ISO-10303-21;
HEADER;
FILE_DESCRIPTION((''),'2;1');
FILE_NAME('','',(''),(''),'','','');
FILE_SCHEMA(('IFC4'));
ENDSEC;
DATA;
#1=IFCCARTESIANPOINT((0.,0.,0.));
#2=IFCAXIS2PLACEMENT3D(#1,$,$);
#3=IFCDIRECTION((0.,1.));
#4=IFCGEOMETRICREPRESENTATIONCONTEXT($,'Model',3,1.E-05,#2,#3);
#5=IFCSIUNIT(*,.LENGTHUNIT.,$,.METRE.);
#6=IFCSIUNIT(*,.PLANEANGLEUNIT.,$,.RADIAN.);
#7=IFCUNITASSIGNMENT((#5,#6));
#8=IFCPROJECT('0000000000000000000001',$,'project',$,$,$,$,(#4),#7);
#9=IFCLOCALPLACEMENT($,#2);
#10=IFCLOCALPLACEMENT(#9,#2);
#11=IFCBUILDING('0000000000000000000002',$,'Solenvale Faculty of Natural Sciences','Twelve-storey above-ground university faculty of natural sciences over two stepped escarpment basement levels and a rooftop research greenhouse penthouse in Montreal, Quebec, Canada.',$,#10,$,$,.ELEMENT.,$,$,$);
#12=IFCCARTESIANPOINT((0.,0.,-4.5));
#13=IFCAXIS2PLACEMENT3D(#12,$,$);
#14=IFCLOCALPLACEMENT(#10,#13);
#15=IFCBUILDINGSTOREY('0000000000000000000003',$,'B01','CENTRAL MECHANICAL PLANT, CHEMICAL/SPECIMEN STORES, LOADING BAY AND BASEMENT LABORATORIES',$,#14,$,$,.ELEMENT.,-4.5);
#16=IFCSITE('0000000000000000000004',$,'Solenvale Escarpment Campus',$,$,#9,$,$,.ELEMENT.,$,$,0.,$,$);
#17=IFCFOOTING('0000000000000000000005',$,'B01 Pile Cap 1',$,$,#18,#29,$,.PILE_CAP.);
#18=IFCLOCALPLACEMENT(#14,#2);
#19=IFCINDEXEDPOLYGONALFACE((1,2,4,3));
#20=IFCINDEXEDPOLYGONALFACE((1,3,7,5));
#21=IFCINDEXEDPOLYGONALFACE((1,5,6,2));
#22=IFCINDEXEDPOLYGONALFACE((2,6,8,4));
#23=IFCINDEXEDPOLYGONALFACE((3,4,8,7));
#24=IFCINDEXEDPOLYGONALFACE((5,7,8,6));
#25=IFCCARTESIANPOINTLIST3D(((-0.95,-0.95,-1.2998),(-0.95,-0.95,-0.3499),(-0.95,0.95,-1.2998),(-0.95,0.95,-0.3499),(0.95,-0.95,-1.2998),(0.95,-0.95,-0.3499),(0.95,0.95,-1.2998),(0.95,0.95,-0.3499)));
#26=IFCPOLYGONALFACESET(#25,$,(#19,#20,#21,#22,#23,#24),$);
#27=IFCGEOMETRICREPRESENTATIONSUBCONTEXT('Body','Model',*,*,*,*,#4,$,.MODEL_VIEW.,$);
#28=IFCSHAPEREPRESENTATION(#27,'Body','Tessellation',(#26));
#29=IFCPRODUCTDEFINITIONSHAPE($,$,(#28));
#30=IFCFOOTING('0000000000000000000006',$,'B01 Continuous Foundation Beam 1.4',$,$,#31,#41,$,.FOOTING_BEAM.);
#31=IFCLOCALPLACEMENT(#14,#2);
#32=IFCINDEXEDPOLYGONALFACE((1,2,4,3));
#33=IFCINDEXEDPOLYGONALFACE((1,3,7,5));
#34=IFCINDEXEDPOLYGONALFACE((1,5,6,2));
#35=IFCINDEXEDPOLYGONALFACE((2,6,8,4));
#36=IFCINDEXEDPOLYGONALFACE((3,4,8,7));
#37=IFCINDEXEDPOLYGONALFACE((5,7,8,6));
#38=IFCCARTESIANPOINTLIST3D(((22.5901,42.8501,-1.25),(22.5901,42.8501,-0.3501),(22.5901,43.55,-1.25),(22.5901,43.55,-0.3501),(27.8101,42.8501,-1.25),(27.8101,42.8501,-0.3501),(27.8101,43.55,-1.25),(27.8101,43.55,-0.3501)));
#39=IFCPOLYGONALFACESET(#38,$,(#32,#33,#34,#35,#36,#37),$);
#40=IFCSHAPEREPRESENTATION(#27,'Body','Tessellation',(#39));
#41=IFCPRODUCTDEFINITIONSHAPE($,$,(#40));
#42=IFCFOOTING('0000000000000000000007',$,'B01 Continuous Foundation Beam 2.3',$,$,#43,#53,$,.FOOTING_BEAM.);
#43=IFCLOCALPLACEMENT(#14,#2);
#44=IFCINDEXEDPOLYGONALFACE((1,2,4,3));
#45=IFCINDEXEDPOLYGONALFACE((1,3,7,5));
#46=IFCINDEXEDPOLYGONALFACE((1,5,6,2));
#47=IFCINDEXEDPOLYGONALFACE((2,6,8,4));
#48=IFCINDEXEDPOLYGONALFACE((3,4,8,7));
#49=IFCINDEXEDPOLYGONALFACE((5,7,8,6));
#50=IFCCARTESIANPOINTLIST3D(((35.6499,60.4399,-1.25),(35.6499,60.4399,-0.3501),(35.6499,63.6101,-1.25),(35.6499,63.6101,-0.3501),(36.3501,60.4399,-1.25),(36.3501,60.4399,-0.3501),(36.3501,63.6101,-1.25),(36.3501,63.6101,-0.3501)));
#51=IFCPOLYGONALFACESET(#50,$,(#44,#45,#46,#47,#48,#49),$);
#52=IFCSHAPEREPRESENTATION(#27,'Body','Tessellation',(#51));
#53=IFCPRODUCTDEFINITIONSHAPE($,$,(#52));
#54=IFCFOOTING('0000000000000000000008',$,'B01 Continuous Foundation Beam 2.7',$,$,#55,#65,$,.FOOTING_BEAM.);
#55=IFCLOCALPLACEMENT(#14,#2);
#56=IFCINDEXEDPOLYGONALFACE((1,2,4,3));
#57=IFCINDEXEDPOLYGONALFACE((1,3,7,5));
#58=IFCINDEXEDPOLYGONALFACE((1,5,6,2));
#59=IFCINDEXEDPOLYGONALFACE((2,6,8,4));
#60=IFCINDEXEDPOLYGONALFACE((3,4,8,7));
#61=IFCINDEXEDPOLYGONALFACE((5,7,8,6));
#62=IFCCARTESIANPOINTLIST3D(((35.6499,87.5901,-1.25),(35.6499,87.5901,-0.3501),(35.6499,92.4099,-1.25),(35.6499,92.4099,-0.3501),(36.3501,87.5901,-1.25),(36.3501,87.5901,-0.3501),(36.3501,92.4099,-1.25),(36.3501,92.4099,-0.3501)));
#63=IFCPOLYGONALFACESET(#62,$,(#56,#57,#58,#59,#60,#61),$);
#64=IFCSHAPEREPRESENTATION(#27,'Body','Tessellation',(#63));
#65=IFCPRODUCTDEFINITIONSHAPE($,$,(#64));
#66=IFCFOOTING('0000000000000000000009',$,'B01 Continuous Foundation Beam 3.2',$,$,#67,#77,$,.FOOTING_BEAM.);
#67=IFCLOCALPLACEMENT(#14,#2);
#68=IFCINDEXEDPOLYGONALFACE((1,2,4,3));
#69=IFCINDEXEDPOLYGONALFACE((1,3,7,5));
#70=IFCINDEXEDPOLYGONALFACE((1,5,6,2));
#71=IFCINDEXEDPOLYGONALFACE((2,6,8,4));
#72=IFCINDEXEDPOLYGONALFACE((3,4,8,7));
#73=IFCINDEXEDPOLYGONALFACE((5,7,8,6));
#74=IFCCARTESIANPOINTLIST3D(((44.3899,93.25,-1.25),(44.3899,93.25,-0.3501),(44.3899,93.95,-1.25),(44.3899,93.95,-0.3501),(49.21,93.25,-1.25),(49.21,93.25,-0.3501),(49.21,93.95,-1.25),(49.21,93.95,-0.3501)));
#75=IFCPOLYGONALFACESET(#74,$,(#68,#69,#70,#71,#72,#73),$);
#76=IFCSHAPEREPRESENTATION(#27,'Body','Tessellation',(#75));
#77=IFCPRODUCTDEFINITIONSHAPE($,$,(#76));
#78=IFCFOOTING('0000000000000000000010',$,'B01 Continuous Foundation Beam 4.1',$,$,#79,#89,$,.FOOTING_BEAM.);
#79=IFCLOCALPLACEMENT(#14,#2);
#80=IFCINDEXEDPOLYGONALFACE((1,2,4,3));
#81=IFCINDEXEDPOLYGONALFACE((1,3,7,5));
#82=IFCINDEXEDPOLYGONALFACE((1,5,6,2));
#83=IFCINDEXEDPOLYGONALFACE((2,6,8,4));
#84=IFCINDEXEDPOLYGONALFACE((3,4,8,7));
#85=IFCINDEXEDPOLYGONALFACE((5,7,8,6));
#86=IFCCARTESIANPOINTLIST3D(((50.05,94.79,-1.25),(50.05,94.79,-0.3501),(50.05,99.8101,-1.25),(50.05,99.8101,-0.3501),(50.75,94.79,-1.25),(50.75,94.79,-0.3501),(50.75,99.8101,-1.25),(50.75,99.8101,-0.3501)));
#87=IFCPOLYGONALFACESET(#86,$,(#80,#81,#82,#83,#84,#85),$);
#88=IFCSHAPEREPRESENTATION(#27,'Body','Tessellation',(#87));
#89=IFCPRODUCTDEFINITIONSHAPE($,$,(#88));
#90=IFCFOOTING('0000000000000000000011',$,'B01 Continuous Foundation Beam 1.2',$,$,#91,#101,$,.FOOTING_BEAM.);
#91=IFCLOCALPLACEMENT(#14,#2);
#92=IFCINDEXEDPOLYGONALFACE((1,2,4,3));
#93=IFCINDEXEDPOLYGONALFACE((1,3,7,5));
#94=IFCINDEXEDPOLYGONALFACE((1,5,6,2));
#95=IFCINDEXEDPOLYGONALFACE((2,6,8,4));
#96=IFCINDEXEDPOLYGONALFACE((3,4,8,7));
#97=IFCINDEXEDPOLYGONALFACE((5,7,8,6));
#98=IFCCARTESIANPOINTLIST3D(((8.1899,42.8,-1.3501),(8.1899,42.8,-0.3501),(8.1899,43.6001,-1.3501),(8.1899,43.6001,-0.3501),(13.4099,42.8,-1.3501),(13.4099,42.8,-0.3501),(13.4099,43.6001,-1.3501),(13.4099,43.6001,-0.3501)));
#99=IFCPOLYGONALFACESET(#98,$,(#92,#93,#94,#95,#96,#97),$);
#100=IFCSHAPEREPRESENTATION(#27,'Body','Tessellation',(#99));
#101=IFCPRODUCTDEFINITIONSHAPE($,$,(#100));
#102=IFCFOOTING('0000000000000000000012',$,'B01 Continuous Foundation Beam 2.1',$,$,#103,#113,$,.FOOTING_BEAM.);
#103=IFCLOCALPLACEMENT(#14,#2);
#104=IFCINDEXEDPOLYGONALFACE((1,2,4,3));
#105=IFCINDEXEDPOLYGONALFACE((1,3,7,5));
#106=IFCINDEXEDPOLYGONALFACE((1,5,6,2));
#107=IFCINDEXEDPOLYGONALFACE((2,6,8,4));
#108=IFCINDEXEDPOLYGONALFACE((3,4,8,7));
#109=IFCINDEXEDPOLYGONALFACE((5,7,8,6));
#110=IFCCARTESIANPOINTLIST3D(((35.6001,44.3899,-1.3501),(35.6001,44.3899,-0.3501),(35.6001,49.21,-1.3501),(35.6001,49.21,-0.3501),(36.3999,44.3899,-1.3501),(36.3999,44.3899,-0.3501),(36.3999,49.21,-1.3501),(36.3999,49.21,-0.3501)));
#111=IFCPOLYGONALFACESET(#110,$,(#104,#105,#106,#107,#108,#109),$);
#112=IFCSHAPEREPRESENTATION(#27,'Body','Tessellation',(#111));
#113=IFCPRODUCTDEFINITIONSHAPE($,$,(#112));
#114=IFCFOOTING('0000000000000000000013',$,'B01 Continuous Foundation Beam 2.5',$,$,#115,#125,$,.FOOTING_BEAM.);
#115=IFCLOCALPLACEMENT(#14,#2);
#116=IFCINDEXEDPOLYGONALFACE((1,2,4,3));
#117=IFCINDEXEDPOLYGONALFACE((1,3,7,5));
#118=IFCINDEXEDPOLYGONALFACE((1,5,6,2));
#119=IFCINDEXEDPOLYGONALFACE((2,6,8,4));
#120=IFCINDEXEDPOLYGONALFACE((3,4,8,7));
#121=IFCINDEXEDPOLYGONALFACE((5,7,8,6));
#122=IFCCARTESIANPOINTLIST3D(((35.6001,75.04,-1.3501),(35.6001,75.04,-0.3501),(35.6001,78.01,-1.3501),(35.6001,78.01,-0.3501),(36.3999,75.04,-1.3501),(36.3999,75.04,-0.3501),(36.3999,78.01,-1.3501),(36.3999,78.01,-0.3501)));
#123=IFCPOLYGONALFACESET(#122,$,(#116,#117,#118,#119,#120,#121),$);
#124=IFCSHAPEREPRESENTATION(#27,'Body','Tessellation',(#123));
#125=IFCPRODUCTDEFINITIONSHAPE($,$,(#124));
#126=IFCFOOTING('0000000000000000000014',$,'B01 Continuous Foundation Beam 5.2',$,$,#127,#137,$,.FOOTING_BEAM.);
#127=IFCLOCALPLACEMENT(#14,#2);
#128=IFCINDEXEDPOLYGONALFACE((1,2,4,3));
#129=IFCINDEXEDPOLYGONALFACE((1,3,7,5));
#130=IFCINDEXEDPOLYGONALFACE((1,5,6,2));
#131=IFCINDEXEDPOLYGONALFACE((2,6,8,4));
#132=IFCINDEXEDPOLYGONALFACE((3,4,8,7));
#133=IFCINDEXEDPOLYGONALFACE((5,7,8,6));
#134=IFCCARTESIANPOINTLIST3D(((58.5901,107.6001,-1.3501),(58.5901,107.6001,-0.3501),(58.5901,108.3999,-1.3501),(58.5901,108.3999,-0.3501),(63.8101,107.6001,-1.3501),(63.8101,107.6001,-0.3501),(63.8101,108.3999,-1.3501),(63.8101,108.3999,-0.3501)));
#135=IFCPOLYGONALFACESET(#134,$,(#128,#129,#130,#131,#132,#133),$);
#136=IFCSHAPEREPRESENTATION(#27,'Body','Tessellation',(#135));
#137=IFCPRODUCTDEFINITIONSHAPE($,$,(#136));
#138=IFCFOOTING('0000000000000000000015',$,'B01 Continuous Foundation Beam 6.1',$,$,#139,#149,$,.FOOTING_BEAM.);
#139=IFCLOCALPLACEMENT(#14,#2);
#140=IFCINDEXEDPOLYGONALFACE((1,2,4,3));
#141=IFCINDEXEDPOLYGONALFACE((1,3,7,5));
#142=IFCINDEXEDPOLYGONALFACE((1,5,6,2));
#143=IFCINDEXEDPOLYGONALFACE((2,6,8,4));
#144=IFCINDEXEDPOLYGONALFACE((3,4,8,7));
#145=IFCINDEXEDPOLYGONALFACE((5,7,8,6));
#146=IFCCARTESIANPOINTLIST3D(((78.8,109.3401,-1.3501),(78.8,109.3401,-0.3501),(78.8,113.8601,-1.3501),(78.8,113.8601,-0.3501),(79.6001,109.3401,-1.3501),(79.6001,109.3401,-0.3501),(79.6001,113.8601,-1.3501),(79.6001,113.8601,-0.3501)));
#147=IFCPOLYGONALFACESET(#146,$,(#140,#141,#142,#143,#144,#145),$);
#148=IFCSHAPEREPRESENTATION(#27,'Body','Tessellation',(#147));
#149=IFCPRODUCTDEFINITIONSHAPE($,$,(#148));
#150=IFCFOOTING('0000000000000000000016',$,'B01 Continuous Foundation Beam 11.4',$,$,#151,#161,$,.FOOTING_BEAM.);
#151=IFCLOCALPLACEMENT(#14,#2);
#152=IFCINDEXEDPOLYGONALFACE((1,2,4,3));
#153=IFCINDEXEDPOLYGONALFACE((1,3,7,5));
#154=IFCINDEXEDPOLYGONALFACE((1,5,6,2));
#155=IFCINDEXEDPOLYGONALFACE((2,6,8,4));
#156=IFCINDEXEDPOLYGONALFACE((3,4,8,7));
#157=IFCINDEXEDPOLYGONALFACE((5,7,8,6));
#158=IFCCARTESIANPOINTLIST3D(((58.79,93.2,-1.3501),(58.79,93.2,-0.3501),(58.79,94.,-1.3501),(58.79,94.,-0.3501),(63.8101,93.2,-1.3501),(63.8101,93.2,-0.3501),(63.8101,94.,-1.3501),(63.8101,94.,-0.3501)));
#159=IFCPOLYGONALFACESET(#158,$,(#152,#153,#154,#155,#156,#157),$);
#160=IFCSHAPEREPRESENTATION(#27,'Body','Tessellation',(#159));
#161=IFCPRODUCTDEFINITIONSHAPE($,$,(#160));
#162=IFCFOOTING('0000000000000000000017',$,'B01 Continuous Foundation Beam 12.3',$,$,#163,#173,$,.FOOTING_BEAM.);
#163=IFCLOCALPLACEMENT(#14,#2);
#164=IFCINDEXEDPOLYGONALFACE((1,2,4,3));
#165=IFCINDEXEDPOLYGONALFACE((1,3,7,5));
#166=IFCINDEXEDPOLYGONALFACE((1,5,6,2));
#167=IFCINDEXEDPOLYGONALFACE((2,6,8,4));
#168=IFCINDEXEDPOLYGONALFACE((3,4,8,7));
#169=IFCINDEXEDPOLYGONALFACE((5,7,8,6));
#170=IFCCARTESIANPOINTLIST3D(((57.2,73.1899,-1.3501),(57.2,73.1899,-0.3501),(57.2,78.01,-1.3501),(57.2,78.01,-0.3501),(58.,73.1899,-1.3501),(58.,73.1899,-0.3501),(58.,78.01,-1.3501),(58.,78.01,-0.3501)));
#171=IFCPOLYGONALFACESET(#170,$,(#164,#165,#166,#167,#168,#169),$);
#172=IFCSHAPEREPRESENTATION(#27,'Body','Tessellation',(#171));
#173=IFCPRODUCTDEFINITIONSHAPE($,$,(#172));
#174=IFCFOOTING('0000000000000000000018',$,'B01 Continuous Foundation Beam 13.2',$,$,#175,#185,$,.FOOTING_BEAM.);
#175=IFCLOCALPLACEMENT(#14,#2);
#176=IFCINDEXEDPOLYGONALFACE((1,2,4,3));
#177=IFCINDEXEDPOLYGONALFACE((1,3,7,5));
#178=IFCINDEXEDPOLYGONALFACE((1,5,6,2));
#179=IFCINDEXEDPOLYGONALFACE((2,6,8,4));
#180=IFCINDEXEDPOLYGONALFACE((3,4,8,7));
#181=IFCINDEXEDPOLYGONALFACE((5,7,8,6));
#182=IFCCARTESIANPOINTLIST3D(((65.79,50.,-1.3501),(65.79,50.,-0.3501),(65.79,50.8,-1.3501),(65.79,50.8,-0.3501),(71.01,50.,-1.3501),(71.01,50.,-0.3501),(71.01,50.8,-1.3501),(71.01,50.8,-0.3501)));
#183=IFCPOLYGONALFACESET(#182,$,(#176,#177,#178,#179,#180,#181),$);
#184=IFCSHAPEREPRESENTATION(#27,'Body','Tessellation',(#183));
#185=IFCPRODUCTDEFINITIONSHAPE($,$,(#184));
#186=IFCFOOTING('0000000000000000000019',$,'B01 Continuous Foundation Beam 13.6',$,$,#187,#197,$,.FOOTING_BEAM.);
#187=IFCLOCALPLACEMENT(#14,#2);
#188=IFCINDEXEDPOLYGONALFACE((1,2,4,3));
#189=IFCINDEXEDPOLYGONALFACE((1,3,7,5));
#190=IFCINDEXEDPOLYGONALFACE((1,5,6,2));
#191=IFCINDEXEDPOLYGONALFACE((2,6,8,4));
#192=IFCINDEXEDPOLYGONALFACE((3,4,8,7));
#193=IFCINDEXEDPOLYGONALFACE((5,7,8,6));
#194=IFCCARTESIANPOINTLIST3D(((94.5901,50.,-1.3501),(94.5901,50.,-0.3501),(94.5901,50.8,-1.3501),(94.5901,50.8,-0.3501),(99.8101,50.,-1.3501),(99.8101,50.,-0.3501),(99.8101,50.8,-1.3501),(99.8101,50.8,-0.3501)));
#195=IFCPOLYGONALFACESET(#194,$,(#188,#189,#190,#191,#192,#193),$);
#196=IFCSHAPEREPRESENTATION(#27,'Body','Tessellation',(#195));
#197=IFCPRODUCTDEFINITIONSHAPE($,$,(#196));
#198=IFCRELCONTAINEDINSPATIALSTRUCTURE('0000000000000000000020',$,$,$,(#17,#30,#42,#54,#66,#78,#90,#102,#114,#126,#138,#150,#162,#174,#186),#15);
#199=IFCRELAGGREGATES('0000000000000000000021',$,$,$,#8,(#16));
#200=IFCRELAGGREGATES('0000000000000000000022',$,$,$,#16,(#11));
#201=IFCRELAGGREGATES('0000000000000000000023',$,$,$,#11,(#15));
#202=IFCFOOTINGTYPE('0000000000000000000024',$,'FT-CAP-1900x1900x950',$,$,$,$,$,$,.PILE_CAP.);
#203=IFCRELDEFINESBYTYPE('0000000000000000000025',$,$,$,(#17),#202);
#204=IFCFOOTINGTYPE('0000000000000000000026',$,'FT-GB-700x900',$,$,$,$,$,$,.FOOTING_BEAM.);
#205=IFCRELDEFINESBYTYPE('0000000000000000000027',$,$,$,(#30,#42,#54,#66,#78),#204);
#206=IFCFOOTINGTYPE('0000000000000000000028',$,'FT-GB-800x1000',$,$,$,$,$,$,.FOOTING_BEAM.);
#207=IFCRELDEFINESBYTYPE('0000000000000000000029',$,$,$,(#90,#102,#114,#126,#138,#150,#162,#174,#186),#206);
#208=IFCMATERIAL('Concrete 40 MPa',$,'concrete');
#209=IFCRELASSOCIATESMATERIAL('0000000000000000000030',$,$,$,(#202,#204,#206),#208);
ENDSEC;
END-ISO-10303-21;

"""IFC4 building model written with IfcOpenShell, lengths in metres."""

from ifc_helpers import new_model, si_unit, direction, frame, origin, origin_2d, place, context, subcontext, project, spatial, polyline, rectangle, outline, extrude, material, type_object, element, save


model = new_model("IFC4")

# Units and contexts
model_context = context("Model", 3, precision=1e-05, world=origin(), true_north=direction((0.0, 1.0)))
body_context = subcontext(model_context, "Body", "Model", "MODEL_VIEW")
ifc_project = project(units=[si_unit("LENGTHUNIT", "METRE"), si_unit("PLANEANGLEUNIT", "RADIAN")], contexts=[model_context])

# Site, building, storey
site_placement = place(None, origin())
site = spatial("IfcSite", under=ifc_project, at=site_placement, Name="Solenvale Escarpment Campus", CompositionType="ELEMENT", RefElevation=0.0)
building_placement = place(site_placement, origin())
building = spatial("IfcBuilding", under=site, at=building_placement, Name="Solenvale Faculty of Natural Sciences", Description="Twelve-storey above-ground university faculty of natural sciences over two stepped escarpment basement levels and a rooftop research greenhouse penthouse in Montreal, Quebec, Canada.", CompositionType="ELEMENT")
storey_placement = place(building_placement, frame((0.0, 0.0, -4.5)))
storey = spatial("IfcBuildingStorey", under=building, at=storey_placement, Name="B01", Description="CENTRAL MECHANICAL PLANT, CHEMICAL/SPECIMEN STORES, LOADING BAY AND BASEMENT LABORATORIES", CompositionType="ELEMENT", Elevation=-4.5)

# Footings
ifc_material = material(Name="Concrete 40 MPa", Category="concrete")
footing_type_1 = type_object("IfcFootingType", Name="FT-CAP-1900x1900x950", PredefinedType="PILE_CAP", material=ifc_material)
footing_1_placement = place(storey_placement, frame((0.0, 0.0, -1.2998), z_axis=(0.0, 0.0, 1.0), x_axis=(1.0, 0.0, 0.0)))
element("IfcFooting", 1, at=footing_1_placement, inside=storey, type_object=footing_type_1, Name="B01 Pile Cap 1", PredefinedType="PILE_CAP", context=body_context, shape_type="SweptSolid", body=[
    extrude(rectangle(XDim=1.8999, YDim=1.8999, at=origin_2d()), origin(), (0.0, 0.0, 1.0), 0.95),
])
footing_type_2 = type_object("IfcFootingType", Name="FT-GB-700x900", PredefinedType="FOOTING_BEAM", material=ifc_material)
footing_2_placement = place(storey_placement, frame((0.0, 0.0, -1.25)))
element("IfcFooting", 2, at=footing_2_placement, inside=storey, type_object=footing_type_2, Name="B01 Continuous Foundation Beam 1.4", PredefinedType="FOOTING_BEAM", context=body_context, shape_type="SweptSolid", body=[
    extrude(outline(polyline([(22.5901, 42.8501), (27.8101, 42.8501), (27.8101, 43.55), (22.5901, 43.55), (22.5901, 42.8501)])), origin(), (0.0, 0.0, 1.0), 0.8999),
])
footing_3_placement = place(storey_placement, frame((0.0, 0.0, -1.25)))
element("IfcFooting", 3, at=footing_3_placement, inside=storey, type_object=footing_type_2, Name="B01 Continuous Foundation Beam 2.3", PredefinedType="FOOTING_BEAM", context=body_context, shape_type="SweptSolid", body=[
    extrude(outline(polyline([(35.6499, 60.4399), (36.3501, 60.4399), (36.3501, 63.6101), (35.6499, 63.6101), (35.6499, 60.4399)])), origin(), (0.0, 0.0, 1.0), 0.8999),
])
footing_4_placement = place(storey_placement, frame((0.0, 0.0, -1.25)))
element("IfcFooting", 4, at=footing_4_placement, inside=storey, type_object=footing_type_2, Name="B01 Continuous Foundation Beam 2.7", PredefinedType="FOOTING_BEAM", context=body_context, shape_type="SweptSolid", body=[
    extrude(outline(polyline([(35.6499, 87.5901), (36.3501, 87.5901), (36.3501, 92.4099), (35.6499, 92.4099), (35.6499, 87.5901)])), origin(), (0.0, 0.0, 1.0), 0.8999),
])
footing_5_placement = place(storey_placement, frame((0.0, 0.0, -1.25)))
element("IfcFooting", 5, at=footing_5_placement, inside=storey, type_object=footing_type_2, Name="B01 Continuous Foundation Beam 3.2", PredefinedType="FOOTING_BEAM", context=body_context, shape_type="SweptSolid", body=[
    extrude(outline(polyline([(44.3899, 93.25), (49.21, 93.25), (49.21, 93.95), (44.3899, 93.95), (44.3899, 93.25)])), origin(), (0.0, 0.0, 1.0), 0.8999),
])
footing_6_placement = place(storey_placement, frame((0.0, 0.0, -1.25)))
element("IfcFooting", 6, at=footing_6_placement, inside=storey, type_object=footing_type_2, Name="B01 Continuous Foundation Beam 4.1", PredefinedType="FOOTING_BEAM", context=body_context, shape_type="SweptSolid", body=[
    extrude(outline(polyline([(50.05, 94.79), (50.75, 94.79), (50.75, 99.8101), (50.05, 99.8101), (50.05, 94.79)])), origin(), (0.0, 0.0, 1.0), 0.8999),
])
footing_type_3 = type_object("IfcFootingType", Name="FT-GB-800x1000", PredefinedType="FOOTING_BEAM", material=ifc_material)
footing_7_placement = place(storey_placement, frame((0.0, 0.0, -1.3501)))
element("IfcFooting", 7, at=footing_7_placement, inside=storey, type_object=footing_type_3, Name="B01 Continuous Foundation Beam 1.2", PredefinedType="FOOTING_BEAM", context=body_context, shape_type="SweptSolid", body=[
    extrude(outline(polyline([(8.1899, 42.8), (13.4099, 42.8), (13.4099, 43.6001), (8.1899, 43.6001), (8.1899, 42.8)])), origin(), (0.0, 0.0, 1.0), 1.0),
])
footing_8_placement = place(storey_placement, frame((0.0, 0.0, -1.3501)))
element("IfcFooting", 8, at=footing_8_placement, inside=storey, type_object=footing_type_3, Name="B01 Continuous Foundation Beam 2.1", PredefinedType="FOOTING_BEAM", context=body_context, shape_type="SweptSolid", body=[
    extrude(outline(polyline([(35.6001, 44.3899), (36.3999, 44.3899), (36.3999, 49.21), (35.6001, 49.21), (35.6001, 44.3899)])), origin(), (0.0, 0.0, 1.0), 1.0),
])
footing_9_placement = place(storey_placement, frame((0.0, 0.0, -1.3501)))
element("IfcFooting", 9, at=footing_9_placement, inside=storey, type_object=footing_type_3, Name="B01 Continuous Foundation Beam 2.5", PredefinedType="FOOTING_BEAM", context=body_context, shape_type="SweptSolid", body=[
    extrude(outline(polyline([(35.6001, 75.04), (36.3999, 75.04), (36.3999, 78.01), (35.6001, 78.01), (35.6001, 75.04)])), origin(), (0.0, 0.0, 1.0), 1.0),
])
footing_10_placement = place(storey_placement, frame((0.0, 0.0, -1.3501)))
element("IfcFooting", 10, at=footing_10_placement, inside=storey, type_object=footing_type_3, Name="B01 Continuous Foundation Beam 5.2", PredefinedType="FOOTING_BEAM", context=body_context, shape_type="SweptSolid", body=[
    extrude(outline(polyline([(58.5901, 107.6001), (63.8101, 107.6001), (63.8101, 108.3999), (58.5901, 108.3999), (58.5901, 107.6001)])), origin(), (0.0, 0.0, 1.0), 1.0),
])
footing_11_placement = place(storey_placement, frame((0.0, 0.0, -1.3501)))
element("IfcFooting", 11, at=footing_11_placement, inside=storey, type_object=footing_type_3, Name="B01 Continuous Foundation Beam 6.1", PredefinedType="FOOTING_BEAM", context=body_context, shape_type="SweptSolid", body=[
    extrude(outline(polyline([(78.8, 109.3401), (79.6001, 109.3401), (79.6001, 113.8601), (78.8, 113.8601), (78.8, 109.3401)])), origin(), (0.0, 0.0, 1.0), 1.0),
])
footing_12_placement = place(storey_placement, frame((0.0, 0.0, -1.3501)))
element("IfcFooting", 12, at=footing_12_placement, inside=storey, type_object=footing_type_3, Name="B01 Continuous Foundation Beam 11.4", PredefinedType="FOOTING_BEAM", context=body_context, shape_type="SweptSolid", body=[
    extrude(outline(polyline([(58.79, 93.2), (63.8101, 93.2), (63.8101, 94.0), (58.79, 94.0), (58.79, 93.2)])), origin(), (0.0, 0.0, 1.0), 1.0),
])
footing_13_placement = place(storey_placement, frame((0.0, 0.0, -1.3501)))
element("IfcFooting", 13, at=footing_13_placement, inside=storey, type_object=footing_type_3, Name="B01 Continuous Foundation Beam 12.3", PredefinedType="FOOTING_BEAM", context=body_context, shape_type="SweptSolid", body=[
    extrude(outline(polyline([(57.2, 73.1899), (58.0, 73.1899), (58.0, 78.01), (57.2, 78.01), (57.2, 73.1899)])), origin(), (0.0, 0.0, 1.0), 1.0),
])
footing_14_placement = place(storey_placement, frame((0.0, 0.0, -1.3501)))
element("IfcFooting", 14, at=footing_14_placement, inside=storey, type_object=footing_type_3, Name="B01 Continuous Foundation Beam 13.2", PredefinedType="FOOTING_BEAM", context=body_context, shape_type="SweptSolid", body=[
    extrude(outline(polyline([(65.79, 50.0), (71.01, 50.0), (71.01, 50.8), (65.79, 50.8), (65.79, 50.0)])), origin(), (0.0, 0.0, 1.0), 1.0),
])
footing_15_placement = place(storey_placement, frame((0.0, 0.0, -1.3501)))
element("IfcFooting", 15, at=footing_15_placement, inside=storey, type_object=footing_type_3, Name="B01 Continuous Foundation Beam 13.6", PredefinedType="FOOTING_BEAM", context=body_context, shape_type="SweptSolid", body=[
    extrude(outline(polyline([(94.5901, 50.0), (99.8101, 50.0), (99.8101, 50.8), (94.5901, 50.8), (94.5901, 50.0)])), origin(), (0.0, 0.0, 1.0), 1.0),
])

save(model, "model.ifc")
